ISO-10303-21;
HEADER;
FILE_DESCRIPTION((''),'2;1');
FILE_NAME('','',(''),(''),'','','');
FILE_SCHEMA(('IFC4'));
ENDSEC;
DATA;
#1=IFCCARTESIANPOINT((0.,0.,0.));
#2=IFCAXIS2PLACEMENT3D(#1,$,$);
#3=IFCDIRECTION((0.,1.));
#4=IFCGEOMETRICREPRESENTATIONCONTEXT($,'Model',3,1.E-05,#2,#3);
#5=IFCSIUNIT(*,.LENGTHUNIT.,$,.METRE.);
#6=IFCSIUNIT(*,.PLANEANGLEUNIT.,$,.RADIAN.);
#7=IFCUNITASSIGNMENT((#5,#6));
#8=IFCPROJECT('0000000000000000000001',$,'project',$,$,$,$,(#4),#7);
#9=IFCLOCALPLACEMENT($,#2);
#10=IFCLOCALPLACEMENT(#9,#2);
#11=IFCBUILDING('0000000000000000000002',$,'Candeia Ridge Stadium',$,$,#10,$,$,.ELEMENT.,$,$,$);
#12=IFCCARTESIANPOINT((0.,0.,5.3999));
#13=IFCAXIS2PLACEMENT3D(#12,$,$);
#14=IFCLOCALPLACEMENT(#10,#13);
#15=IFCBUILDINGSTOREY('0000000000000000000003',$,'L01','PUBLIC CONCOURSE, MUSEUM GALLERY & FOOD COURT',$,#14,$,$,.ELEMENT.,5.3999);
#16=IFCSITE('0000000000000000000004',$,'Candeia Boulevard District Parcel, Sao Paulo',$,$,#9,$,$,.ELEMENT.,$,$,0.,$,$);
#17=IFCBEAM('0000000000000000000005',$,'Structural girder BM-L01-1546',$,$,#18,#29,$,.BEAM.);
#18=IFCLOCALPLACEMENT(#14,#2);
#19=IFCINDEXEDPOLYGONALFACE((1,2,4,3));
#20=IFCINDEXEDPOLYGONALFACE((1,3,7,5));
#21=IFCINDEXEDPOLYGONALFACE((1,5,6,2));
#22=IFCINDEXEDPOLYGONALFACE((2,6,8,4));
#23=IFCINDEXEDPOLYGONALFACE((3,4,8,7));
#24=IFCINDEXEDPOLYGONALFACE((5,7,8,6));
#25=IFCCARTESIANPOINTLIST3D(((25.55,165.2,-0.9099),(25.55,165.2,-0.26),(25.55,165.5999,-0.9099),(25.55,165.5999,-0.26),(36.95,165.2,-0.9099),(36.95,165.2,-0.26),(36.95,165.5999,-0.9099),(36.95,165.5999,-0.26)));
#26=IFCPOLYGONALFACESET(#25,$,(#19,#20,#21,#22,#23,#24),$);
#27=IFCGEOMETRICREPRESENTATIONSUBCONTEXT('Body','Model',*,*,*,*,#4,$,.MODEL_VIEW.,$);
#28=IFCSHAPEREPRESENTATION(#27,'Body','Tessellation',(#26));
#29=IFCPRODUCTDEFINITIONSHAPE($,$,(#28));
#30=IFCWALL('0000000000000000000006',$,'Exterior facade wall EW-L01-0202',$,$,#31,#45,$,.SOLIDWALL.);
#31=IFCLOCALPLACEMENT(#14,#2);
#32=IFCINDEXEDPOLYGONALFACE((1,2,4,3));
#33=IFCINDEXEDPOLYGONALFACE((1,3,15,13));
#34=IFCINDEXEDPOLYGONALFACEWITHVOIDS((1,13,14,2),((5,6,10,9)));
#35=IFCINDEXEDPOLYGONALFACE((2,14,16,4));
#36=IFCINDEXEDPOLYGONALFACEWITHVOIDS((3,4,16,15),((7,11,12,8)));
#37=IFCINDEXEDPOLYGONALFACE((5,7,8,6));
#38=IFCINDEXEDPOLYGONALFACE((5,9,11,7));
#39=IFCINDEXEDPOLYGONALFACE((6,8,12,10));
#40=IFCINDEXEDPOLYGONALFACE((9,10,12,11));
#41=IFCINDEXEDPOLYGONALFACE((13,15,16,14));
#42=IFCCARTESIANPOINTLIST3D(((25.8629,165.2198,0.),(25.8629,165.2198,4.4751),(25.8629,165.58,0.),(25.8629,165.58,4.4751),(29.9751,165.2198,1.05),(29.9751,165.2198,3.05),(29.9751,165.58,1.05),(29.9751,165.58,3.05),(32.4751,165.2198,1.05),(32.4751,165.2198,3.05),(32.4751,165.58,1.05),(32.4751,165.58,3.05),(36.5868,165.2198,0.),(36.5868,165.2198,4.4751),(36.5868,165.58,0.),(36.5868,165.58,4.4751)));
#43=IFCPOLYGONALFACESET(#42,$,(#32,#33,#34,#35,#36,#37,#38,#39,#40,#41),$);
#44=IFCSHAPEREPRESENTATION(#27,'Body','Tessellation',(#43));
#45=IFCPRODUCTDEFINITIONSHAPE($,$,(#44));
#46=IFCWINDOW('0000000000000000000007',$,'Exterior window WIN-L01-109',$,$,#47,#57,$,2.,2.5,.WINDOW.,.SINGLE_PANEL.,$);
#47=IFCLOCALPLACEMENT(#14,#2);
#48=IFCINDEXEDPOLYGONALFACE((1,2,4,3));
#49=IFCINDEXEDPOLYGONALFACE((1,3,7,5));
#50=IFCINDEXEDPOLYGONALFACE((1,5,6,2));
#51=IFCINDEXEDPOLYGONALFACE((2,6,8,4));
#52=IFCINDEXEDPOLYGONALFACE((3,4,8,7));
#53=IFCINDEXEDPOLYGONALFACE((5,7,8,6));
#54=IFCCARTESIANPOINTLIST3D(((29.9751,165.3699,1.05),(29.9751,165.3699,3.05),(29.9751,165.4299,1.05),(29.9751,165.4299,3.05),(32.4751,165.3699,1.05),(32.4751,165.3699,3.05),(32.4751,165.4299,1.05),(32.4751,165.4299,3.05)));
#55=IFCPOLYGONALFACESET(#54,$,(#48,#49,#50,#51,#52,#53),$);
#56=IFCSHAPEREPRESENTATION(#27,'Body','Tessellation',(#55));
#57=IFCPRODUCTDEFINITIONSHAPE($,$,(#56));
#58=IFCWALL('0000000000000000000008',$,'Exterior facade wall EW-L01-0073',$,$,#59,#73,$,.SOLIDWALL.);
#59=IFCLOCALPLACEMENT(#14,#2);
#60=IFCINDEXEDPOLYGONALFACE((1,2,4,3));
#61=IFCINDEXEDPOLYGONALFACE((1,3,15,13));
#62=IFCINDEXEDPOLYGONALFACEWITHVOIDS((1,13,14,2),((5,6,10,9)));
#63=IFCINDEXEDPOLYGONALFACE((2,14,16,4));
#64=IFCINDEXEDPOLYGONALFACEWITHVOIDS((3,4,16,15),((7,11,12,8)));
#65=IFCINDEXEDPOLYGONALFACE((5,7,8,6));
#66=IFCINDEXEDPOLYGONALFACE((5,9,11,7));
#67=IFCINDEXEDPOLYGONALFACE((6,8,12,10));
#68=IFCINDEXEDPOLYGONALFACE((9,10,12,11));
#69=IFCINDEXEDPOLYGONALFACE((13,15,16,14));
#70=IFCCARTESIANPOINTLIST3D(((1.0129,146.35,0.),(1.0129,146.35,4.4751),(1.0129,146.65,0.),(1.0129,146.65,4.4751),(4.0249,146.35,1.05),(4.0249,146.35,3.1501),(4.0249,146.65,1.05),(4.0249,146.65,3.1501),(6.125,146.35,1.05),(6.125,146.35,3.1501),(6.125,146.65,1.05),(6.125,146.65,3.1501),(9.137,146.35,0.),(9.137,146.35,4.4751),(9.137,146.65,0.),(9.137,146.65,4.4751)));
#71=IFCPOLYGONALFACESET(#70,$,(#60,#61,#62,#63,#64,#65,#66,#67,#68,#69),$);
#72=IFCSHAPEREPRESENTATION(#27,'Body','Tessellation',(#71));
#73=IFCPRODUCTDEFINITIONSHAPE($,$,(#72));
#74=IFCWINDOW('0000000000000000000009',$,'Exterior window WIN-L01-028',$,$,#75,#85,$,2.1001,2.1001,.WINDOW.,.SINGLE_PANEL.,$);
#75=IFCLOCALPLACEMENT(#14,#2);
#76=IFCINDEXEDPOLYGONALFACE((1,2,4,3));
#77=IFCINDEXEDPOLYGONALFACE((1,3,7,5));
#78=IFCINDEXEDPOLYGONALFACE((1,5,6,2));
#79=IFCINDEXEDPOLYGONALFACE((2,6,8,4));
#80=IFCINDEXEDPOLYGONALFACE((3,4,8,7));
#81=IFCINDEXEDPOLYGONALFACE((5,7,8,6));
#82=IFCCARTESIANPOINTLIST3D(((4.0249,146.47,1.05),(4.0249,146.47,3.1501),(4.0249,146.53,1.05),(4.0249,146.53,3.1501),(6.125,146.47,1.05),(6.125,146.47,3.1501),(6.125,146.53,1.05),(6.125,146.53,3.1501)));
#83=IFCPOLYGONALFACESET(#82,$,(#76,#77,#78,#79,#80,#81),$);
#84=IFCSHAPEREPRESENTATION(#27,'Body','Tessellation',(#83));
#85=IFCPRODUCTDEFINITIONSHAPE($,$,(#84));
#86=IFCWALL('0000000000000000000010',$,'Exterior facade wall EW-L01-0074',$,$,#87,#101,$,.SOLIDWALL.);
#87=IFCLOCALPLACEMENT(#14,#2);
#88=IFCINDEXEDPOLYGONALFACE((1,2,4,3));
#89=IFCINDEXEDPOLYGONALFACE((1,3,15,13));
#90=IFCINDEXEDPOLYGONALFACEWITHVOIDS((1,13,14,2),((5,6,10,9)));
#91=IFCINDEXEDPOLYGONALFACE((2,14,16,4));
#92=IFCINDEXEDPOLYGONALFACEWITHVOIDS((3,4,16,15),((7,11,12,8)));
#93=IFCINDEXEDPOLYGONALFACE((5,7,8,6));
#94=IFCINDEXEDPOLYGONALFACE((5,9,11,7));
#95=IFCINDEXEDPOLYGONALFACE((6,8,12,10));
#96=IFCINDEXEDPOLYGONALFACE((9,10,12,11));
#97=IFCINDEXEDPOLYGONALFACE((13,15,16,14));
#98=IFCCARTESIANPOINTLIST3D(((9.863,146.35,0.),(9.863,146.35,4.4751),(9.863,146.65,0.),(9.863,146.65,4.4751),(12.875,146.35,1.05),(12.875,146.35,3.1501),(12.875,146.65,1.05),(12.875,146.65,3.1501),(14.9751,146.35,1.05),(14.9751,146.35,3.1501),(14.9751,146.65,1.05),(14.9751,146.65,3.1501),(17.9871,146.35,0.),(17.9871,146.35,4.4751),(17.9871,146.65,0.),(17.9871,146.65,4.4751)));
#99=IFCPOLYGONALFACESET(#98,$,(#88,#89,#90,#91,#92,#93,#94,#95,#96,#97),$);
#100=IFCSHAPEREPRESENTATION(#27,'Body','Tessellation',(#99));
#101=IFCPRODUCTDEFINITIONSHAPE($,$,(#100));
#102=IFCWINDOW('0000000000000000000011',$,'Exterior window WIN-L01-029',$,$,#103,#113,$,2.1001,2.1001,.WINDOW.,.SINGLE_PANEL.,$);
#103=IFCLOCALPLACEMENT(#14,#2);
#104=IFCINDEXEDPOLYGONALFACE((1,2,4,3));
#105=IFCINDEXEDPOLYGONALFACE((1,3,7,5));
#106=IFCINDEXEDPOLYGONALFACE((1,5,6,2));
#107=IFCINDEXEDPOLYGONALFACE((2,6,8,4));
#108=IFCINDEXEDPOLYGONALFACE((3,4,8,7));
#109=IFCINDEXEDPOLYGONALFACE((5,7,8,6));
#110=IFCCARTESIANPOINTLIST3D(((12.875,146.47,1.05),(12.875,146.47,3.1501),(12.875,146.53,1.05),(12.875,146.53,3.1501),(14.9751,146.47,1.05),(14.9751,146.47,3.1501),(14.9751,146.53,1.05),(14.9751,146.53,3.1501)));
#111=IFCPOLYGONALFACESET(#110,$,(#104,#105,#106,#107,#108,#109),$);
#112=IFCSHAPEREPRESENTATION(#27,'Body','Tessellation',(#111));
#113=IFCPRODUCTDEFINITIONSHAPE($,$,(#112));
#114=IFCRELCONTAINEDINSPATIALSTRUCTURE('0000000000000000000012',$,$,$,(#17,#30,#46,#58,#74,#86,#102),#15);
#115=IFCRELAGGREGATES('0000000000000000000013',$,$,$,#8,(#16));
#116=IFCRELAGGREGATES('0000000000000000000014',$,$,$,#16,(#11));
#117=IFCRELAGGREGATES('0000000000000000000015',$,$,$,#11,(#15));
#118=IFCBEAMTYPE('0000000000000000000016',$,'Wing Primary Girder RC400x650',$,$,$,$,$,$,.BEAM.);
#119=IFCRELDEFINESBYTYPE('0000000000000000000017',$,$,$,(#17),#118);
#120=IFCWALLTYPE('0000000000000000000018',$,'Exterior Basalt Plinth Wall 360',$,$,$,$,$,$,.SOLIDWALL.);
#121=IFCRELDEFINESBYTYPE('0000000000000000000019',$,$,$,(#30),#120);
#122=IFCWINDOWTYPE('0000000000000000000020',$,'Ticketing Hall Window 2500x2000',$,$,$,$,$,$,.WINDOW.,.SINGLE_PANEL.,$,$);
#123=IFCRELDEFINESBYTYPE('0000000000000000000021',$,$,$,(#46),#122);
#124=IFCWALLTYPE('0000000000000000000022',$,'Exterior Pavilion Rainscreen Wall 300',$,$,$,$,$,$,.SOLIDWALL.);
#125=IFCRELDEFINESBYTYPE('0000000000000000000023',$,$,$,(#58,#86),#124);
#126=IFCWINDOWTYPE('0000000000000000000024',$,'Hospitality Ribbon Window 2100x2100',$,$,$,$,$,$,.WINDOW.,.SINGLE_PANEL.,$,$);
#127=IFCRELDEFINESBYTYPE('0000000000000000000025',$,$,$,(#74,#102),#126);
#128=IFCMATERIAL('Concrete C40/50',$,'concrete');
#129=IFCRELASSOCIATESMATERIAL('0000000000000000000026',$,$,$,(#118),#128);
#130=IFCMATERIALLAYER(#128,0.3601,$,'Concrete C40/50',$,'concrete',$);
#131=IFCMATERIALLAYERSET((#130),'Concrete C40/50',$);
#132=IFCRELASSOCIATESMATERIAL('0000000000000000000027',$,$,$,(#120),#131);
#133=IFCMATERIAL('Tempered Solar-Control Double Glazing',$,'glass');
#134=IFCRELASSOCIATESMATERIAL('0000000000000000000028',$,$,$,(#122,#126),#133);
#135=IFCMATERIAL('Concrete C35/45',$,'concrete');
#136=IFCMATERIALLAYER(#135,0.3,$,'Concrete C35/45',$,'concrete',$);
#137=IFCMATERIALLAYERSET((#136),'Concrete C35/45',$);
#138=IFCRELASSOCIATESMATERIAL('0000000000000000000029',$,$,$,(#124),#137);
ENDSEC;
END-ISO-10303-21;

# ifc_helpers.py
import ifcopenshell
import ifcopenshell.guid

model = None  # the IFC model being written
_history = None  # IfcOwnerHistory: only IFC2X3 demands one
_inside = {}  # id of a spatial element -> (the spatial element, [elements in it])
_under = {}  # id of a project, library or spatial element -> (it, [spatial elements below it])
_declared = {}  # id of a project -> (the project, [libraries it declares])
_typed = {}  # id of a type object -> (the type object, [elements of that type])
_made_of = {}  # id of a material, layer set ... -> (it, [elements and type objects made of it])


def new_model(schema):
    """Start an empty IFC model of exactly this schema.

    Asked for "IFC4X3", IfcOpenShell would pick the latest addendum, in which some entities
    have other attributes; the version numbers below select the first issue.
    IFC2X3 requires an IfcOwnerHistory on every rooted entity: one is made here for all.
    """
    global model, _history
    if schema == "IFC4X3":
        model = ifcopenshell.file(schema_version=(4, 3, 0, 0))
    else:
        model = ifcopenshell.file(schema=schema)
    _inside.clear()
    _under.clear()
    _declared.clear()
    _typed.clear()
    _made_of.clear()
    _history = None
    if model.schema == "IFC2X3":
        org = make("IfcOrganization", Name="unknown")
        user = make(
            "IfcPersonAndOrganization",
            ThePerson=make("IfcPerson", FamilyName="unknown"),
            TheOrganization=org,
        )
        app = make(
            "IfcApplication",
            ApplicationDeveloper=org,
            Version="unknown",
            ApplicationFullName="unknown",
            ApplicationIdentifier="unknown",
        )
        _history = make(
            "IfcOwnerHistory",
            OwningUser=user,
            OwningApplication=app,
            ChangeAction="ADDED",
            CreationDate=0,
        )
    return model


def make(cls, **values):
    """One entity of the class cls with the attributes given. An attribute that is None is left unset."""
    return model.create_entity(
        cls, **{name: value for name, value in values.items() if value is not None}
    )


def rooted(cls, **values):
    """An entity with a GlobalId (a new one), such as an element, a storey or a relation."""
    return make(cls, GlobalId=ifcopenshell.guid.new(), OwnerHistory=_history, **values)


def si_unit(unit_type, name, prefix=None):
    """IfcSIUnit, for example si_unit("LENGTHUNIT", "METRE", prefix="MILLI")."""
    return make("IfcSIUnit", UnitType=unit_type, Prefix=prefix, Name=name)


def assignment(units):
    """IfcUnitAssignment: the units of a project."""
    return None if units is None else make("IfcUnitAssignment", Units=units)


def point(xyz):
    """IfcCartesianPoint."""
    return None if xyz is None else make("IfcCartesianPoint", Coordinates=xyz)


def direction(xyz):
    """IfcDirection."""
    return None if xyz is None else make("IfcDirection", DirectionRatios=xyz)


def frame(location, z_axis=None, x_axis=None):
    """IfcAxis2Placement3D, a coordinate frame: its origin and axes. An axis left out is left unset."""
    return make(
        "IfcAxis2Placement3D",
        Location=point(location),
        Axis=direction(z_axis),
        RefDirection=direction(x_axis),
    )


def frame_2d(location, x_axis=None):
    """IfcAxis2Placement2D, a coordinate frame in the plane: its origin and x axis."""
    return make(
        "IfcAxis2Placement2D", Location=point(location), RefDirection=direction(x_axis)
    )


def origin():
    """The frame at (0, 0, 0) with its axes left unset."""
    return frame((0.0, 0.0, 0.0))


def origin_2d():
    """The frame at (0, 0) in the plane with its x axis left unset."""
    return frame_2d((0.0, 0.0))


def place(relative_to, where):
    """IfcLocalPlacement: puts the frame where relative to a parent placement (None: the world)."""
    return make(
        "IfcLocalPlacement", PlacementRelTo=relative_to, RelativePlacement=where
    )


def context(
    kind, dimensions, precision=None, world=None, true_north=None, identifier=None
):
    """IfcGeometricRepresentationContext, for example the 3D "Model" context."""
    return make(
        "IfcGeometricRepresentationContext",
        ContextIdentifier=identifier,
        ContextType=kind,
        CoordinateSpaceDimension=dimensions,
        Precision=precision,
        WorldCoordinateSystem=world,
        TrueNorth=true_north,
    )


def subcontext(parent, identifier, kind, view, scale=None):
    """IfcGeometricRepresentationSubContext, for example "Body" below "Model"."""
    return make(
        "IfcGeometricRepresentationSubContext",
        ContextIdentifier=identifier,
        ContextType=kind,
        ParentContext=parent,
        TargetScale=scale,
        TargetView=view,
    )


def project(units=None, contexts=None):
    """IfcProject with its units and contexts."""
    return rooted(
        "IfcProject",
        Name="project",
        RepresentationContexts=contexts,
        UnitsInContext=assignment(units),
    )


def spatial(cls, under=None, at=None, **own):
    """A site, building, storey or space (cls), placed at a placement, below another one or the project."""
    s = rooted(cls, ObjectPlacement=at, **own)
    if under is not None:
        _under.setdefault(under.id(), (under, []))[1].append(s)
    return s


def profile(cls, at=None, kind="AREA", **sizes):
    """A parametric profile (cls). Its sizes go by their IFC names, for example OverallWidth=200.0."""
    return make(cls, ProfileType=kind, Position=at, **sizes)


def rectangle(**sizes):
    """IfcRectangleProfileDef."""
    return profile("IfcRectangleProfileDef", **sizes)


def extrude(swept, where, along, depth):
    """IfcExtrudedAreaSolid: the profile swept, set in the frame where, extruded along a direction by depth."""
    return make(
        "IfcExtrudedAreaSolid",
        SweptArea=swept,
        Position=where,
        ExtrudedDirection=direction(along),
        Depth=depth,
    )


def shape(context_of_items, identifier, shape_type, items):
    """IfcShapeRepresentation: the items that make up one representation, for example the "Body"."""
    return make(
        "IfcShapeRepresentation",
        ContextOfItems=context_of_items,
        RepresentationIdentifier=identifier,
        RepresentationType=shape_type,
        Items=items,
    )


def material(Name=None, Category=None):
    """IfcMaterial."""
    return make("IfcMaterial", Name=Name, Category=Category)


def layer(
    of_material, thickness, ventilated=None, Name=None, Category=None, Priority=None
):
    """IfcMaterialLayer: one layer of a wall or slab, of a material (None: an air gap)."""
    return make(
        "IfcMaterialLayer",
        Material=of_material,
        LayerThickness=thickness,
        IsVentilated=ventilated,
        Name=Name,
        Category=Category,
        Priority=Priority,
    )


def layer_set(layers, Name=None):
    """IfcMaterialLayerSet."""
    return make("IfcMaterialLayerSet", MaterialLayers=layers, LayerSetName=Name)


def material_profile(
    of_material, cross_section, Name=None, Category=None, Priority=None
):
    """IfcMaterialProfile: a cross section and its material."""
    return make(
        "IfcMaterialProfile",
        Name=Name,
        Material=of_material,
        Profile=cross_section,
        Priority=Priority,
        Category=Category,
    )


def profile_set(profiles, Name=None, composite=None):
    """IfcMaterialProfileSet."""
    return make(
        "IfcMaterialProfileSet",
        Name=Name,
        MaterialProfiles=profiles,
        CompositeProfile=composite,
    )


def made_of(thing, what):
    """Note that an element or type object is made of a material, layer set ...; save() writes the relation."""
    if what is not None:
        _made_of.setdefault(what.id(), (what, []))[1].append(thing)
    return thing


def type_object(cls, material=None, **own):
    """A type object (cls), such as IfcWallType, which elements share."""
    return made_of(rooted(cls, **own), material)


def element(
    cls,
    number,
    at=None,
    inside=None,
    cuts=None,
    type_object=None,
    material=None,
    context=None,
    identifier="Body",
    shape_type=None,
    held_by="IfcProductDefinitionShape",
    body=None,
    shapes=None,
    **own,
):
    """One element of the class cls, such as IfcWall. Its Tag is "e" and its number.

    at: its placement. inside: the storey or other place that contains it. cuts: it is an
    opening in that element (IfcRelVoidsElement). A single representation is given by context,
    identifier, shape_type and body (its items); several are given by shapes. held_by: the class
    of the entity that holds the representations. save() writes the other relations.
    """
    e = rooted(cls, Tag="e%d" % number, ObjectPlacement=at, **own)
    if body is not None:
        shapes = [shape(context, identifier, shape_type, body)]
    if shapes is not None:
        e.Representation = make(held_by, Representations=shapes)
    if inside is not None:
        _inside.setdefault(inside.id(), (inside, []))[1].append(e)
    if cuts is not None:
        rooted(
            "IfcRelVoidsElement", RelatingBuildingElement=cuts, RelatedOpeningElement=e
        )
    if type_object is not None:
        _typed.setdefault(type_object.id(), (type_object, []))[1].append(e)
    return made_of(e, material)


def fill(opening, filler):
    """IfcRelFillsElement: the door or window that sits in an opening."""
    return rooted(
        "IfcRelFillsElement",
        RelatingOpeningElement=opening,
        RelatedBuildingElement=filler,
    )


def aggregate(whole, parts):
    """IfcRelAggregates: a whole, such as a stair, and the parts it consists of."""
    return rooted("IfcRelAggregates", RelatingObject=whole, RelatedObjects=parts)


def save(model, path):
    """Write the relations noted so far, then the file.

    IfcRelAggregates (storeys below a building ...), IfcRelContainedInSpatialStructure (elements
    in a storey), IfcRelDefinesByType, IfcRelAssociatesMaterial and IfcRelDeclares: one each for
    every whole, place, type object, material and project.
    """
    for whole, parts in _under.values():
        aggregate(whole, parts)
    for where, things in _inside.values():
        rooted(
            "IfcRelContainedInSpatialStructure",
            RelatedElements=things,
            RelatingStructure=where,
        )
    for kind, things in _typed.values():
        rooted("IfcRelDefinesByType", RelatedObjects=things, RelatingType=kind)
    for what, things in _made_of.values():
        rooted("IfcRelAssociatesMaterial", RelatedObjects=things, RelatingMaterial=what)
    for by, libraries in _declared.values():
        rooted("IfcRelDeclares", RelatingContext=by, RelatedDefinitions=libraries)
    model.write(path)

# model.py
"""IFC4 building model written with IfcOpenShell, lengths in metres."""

from ifc_helpers import new_model, si_unit, direction, frame, frame_2d, origin, origin_2d, place, context, subcontext, project, spatial, rectangle, extrude, material, layer, layer_set, material_profile, profile_set, type_object, element, fill, save


model = new_model("IFC4")

# Units and contexts
model_context = context("Model", 3, precision=1e-05, world=origin(), true_north=direction((0.0, 1.0)))
body_context = subcontext(model_context, "Body", "Model", "MODEL_VIEW")
ifc_project = project(units=[si_unit("LENGTHUNIT", "METRE"), si_unit("PLANEANGLEUNIT", "RADIAN")], contexts=[model_context])

# Site, building, storey
site_placement = place(None, origin())
site = spatial("IfcSite", under=ifc_project, at=site_placement, Name="Candeia Boulevard District Parcel, Sao Paulo", CompositionType="ELEMENT", RefElevation=0.0)
building_placement = place(site_placement, origin())
building = spatial("IfcBuilding", under=site, at=building_placement, Name="Candeia Ridge Stadium", CompositionType="ELEMENT")
storey_placement = place(building_placement, frame((0.0, 0.0, 5.3999)))
storey = spatial("IfcBuildingStorey", under=building, at=storey_placement, Name="L01", Description="PUBLIC CONCOURSE, MUSEUM GALLERY & FOOD COURT", CompositionType="ELEMENT", Elevation=5.3999)

# Shared definitions
ifc_material_1 = material(Name="Concrete C40/50", Category="concrete")

# Beam
ifc_material_profile_1 = material_profile(ifc_material_1, rectangle(XDim=0.3999, YDim=0.6499, at=origin_2d()), Name="RC400x650", Category="concrete")
ifc_profile_set_1 = profile_set([ifc_material_profile_1], Name="Concrete C40/50")
beam_type_1 = type_object("IfcBeamType", Name="Wing Primary Girder RC400x650", PredefinedType="BEAM", material=ifc_profile_set_1)
for number, where, z_axis, x_axis, name in (
    (1, (25.55, 165.3999, -0.585), (1.0, 0.0, 0.0), (0.0, 1.0, 0.0), "Structural girder BM-L01-1546"),
):
    element("IfcBeam", number, at=place(storey_placement, frame(where, z_axis=z_axis, x_axis=x_axis)), inside=storey, type_object=beam_type_1, Name=name, PredefinedType="BEAM", context=body_context, shape_type="SweptSolid", body=[
        extrude(rectangle(XDim=0.3999, YDim=0.6499, at=origin_2d()), origin(), (0.0, 0.0, 1.0), 11.3999),
    ])

# Walls, openings, windows
ifc_layer_1 = layer(ifc_material_1, 0.3601, Name="Concrete C40/50", Category="concrete")
ifc_layer_set_1 = layer_set([ifc_layer_1], Name="Concrete C40/50")
wall_type_1 = type_object("IfcWallType", Name="Exterior Basalt Plinth Wall 360", PredefinedType="SOLIDWALL", material=ifc_layer_set_1)
wall_1_placement = place(storey_placement, frame((25.863, 165.3999, 0.0), z_axis=(0.0, 0.0, 1.0), x_axis=(1.0, 0.0, 0.0)))
wall_1 = element("IfcWall", 2, at=wall_1_placement, inside=storey, type_object=wall_type_1, Name="Exterior facade wall EW-L01-0202", PredefinedType="SOLIDWALL", context=body_context, shape_type="SweptSolid", body=[
    extrude(rectangle(XDim=10.7239, YDim=0.3601, at=frame_2d((5.3618, 0.0))), origin(), (0.0, 0.0, 1.0), 4.4751),
])
opening_1_placement = place(wall_1_placement, frame((4.1121, 0.0, 1.05)))
opening_1 = element("IfcOpeningElement", 3, at=opening_1_placement, cuts=wall_1, PredefinedType="OPENING", context=body_context, shape_type="SweptSolid", body=[
    extrude(rectangle(XDim=2.5, YDim=2.0, at=frame_2d((1.25, 1.0))), frame((0.0, 0.1899, 0.0), z_axis=(0.0, -1.0, 0.0), x_axis=(1.0, 0.0, 0.0)), (0.0, 0.0, 1.0), 0.3801),
])
ifc_material_2 = material(Name="Tempered Solar-Control Double Glazing", Category="glass")
window_type_1 = type_object("IfcWindowType", Name="Ticketing Hall Window 2500x2000", PartitioningType="SINGLE_PANEL", PredefinedType="WINDOW", material=ifc_material_2)
window_1_placement = place(opening_1_placement, origin())
window_1 = element("IfcWindow", 4, at=window_1_placement, inside=storey, type_object=window_type_1, Name="Exterior window WIN-L01-109", OverallHeight=2.0, OverallWidth=2.5, PartitioningType="SINGLE_PANEL", PredefinedType="WINDOW", context=body_context, shape_type="SweptSolid", body=[
    extrude(rectangle(XDim=2.5, YDim=2.0, at=frame_2d((1.25, 1.0))), frame((0.0, 0.03, 0.0), z_axis=(0.0, -1.0, 0.0), x_axis=(1.0, 0.0, 0.0)), (0.0, 0.0, 1.0), 0.0601),
])
fill(opening_1, window_1)
ifc_material_3 = material(Name="Concrete C35/45", Category="concrete")
ifc_layer_2 = layer(ifc_material_3, 0.3, Name="Concrete C35/45", Category="concrete")
ifc_layer_set_2 = layer_set([ifc_layer_2], Name="Concrete C35/45")
wall_type_2 = type_object("IfcWallType", Name="Exterior Pavilion Rainscreen Wall 300", PredefinedType="SOLIDWALL", material=ifc_layer_set_2)
wall_2_placement = place(storey_placement, frame((1.0129, 146.5, 0.0), z_axis=(0.0, 0.0, 1.0), x_axis=(1.0, 0.0, 0.0)))
wall_2 = element("IfcWall", 5, at=wall_2_placement, inside=storey, type_object=wall_type_2, Name="Exterior facade wall EW-L01-0073", PredefinedType="SOLIDWALL", context=body_context, shape_type="SweptSolid", body=[
    extrude(rectangle(XDim=8.124, YDim=0.3, at=frame_2d((4.062, 0.0))), origin(), (0.0, 0.0, 1.0), 4.4751),
])
opening_2_placement = place(wall_2_placement, frame((3.012, 0.0, 1.05)))
opening_2 = element("IfcOpeningElement", 6, at=opening_2_placement, cuts=wall_2, PredefinedType="OPENING", context=body_context, shape_type="SweptSolid", body=[
    extrude(rectangle(XDim=2.1001, YDim=2.1001, at=frame_2d((1.05, 1.05))), frame((0.0, 0.1599, 0.0), z_axis=(0.0, -1.0, 0.0), x_axis=(1.0, 0.0, 0.0)), (0.0, 0.0, 1.0), 0.3201),
])
window_type_2 = type_object("IfcWindowType", Name="Hospitality Ribbon Window 2100x2100", PartitioningType="SINGLE_PANEL", PredefinedType="WINDOW", material=ifc_material_2)
window_2_placement = place(opening_2_placement, origin())
window_2 = element("IfcWindow", 7, at=window_2_placement, inside=storey, type_object=window_type_2, Name="Exterior window WIN-L01-028", OverallHeight=2.1001, OverallWidth=2.1001, PartitioningType="SINGLE_PANEL", PredefinedType="WINDOW", context=body_context, shape_type="SweptSolid", body=[
    extrude(rectangle(XDim=2.1001, YDim=2.1001, at=frame_2d((1.05, 1.05))), frame((0.0, 0.03, 0.0), z_axis=(0.0, -1.0, 0.0), x_axis=(1.0, 0.0, 0.0)), (0.0, 0.0, 1.0), 0.0601),
])
fill(opening_2, window_2)
wall_3_placement = place(storey_placement, frame((9.863, 146.5, 0.0), z_axis=(0.0, 0.0, 1.0), x_axis=(1.0, 0.0, 0.0)))
wall_3 = element("IfcWall", 8, at=wall_3_placement, inside=storey, type_object=wall_type_2, Name="Exterior facade wall EW-L01-0074", PredefinedType="SOLIDWALL", context=body_context, shape_type="SweptSolid", body=[
    extrude(rectangle(XDim=8.124, YDim=0.3, at=frame_2d((4.062, 0.0))), origin(), (0.0, 0.0, 1.0), 4.4751),
])
opening_3_placement = place(wall_3_placement, frame((3.012, 0.0, 1.05)))
opening_3 = element("IfcOpeningElement", 9, at=opening_3_placement, cuts=wall_3, PredefinedType="OPENING", context=body_context, shape_type="SweptSolid", body=[
    extrude(rectangle(XDim=2.1001, YDim=2.1001, at=frame_2d((1.05, 1.05))), frame((0.0, 0.1599, 0.0), z_axis=(0.0, -1.0, 0.0), x_axis=(1.0, 0.0, 0.0)), (0.0, 0.0, 1.0), 0.3201),
])
window_3_placement = place(opening_3_placement, origin())
window_3 = element("IfcWindow", 10, at=window_3_placement, inside=storey, type_object=window_type_2, Name="Exterior window WIN-L01-029", OverallHeight=2.1001, OverallWidth=2.1001, PartitioningType="SINGLE_PANEL", PredefinedType="WINDOW", context=body_context, shape_type="SweptSolid", body=[
    extrude(rectangle(XDim=2.1001, YDim=2.1001, at=frame_2d((1.05, 1.05))), frame((0.0, 0.03, 0.0), z_axis=(0.0, -1.0, 0.0), x_axis=(1.0, 0.0, 0.0)), (0.0, 0.0, 1.0), 0.0601),
])
fill(opening_3, window_3)

save(model, "model.ifc")
